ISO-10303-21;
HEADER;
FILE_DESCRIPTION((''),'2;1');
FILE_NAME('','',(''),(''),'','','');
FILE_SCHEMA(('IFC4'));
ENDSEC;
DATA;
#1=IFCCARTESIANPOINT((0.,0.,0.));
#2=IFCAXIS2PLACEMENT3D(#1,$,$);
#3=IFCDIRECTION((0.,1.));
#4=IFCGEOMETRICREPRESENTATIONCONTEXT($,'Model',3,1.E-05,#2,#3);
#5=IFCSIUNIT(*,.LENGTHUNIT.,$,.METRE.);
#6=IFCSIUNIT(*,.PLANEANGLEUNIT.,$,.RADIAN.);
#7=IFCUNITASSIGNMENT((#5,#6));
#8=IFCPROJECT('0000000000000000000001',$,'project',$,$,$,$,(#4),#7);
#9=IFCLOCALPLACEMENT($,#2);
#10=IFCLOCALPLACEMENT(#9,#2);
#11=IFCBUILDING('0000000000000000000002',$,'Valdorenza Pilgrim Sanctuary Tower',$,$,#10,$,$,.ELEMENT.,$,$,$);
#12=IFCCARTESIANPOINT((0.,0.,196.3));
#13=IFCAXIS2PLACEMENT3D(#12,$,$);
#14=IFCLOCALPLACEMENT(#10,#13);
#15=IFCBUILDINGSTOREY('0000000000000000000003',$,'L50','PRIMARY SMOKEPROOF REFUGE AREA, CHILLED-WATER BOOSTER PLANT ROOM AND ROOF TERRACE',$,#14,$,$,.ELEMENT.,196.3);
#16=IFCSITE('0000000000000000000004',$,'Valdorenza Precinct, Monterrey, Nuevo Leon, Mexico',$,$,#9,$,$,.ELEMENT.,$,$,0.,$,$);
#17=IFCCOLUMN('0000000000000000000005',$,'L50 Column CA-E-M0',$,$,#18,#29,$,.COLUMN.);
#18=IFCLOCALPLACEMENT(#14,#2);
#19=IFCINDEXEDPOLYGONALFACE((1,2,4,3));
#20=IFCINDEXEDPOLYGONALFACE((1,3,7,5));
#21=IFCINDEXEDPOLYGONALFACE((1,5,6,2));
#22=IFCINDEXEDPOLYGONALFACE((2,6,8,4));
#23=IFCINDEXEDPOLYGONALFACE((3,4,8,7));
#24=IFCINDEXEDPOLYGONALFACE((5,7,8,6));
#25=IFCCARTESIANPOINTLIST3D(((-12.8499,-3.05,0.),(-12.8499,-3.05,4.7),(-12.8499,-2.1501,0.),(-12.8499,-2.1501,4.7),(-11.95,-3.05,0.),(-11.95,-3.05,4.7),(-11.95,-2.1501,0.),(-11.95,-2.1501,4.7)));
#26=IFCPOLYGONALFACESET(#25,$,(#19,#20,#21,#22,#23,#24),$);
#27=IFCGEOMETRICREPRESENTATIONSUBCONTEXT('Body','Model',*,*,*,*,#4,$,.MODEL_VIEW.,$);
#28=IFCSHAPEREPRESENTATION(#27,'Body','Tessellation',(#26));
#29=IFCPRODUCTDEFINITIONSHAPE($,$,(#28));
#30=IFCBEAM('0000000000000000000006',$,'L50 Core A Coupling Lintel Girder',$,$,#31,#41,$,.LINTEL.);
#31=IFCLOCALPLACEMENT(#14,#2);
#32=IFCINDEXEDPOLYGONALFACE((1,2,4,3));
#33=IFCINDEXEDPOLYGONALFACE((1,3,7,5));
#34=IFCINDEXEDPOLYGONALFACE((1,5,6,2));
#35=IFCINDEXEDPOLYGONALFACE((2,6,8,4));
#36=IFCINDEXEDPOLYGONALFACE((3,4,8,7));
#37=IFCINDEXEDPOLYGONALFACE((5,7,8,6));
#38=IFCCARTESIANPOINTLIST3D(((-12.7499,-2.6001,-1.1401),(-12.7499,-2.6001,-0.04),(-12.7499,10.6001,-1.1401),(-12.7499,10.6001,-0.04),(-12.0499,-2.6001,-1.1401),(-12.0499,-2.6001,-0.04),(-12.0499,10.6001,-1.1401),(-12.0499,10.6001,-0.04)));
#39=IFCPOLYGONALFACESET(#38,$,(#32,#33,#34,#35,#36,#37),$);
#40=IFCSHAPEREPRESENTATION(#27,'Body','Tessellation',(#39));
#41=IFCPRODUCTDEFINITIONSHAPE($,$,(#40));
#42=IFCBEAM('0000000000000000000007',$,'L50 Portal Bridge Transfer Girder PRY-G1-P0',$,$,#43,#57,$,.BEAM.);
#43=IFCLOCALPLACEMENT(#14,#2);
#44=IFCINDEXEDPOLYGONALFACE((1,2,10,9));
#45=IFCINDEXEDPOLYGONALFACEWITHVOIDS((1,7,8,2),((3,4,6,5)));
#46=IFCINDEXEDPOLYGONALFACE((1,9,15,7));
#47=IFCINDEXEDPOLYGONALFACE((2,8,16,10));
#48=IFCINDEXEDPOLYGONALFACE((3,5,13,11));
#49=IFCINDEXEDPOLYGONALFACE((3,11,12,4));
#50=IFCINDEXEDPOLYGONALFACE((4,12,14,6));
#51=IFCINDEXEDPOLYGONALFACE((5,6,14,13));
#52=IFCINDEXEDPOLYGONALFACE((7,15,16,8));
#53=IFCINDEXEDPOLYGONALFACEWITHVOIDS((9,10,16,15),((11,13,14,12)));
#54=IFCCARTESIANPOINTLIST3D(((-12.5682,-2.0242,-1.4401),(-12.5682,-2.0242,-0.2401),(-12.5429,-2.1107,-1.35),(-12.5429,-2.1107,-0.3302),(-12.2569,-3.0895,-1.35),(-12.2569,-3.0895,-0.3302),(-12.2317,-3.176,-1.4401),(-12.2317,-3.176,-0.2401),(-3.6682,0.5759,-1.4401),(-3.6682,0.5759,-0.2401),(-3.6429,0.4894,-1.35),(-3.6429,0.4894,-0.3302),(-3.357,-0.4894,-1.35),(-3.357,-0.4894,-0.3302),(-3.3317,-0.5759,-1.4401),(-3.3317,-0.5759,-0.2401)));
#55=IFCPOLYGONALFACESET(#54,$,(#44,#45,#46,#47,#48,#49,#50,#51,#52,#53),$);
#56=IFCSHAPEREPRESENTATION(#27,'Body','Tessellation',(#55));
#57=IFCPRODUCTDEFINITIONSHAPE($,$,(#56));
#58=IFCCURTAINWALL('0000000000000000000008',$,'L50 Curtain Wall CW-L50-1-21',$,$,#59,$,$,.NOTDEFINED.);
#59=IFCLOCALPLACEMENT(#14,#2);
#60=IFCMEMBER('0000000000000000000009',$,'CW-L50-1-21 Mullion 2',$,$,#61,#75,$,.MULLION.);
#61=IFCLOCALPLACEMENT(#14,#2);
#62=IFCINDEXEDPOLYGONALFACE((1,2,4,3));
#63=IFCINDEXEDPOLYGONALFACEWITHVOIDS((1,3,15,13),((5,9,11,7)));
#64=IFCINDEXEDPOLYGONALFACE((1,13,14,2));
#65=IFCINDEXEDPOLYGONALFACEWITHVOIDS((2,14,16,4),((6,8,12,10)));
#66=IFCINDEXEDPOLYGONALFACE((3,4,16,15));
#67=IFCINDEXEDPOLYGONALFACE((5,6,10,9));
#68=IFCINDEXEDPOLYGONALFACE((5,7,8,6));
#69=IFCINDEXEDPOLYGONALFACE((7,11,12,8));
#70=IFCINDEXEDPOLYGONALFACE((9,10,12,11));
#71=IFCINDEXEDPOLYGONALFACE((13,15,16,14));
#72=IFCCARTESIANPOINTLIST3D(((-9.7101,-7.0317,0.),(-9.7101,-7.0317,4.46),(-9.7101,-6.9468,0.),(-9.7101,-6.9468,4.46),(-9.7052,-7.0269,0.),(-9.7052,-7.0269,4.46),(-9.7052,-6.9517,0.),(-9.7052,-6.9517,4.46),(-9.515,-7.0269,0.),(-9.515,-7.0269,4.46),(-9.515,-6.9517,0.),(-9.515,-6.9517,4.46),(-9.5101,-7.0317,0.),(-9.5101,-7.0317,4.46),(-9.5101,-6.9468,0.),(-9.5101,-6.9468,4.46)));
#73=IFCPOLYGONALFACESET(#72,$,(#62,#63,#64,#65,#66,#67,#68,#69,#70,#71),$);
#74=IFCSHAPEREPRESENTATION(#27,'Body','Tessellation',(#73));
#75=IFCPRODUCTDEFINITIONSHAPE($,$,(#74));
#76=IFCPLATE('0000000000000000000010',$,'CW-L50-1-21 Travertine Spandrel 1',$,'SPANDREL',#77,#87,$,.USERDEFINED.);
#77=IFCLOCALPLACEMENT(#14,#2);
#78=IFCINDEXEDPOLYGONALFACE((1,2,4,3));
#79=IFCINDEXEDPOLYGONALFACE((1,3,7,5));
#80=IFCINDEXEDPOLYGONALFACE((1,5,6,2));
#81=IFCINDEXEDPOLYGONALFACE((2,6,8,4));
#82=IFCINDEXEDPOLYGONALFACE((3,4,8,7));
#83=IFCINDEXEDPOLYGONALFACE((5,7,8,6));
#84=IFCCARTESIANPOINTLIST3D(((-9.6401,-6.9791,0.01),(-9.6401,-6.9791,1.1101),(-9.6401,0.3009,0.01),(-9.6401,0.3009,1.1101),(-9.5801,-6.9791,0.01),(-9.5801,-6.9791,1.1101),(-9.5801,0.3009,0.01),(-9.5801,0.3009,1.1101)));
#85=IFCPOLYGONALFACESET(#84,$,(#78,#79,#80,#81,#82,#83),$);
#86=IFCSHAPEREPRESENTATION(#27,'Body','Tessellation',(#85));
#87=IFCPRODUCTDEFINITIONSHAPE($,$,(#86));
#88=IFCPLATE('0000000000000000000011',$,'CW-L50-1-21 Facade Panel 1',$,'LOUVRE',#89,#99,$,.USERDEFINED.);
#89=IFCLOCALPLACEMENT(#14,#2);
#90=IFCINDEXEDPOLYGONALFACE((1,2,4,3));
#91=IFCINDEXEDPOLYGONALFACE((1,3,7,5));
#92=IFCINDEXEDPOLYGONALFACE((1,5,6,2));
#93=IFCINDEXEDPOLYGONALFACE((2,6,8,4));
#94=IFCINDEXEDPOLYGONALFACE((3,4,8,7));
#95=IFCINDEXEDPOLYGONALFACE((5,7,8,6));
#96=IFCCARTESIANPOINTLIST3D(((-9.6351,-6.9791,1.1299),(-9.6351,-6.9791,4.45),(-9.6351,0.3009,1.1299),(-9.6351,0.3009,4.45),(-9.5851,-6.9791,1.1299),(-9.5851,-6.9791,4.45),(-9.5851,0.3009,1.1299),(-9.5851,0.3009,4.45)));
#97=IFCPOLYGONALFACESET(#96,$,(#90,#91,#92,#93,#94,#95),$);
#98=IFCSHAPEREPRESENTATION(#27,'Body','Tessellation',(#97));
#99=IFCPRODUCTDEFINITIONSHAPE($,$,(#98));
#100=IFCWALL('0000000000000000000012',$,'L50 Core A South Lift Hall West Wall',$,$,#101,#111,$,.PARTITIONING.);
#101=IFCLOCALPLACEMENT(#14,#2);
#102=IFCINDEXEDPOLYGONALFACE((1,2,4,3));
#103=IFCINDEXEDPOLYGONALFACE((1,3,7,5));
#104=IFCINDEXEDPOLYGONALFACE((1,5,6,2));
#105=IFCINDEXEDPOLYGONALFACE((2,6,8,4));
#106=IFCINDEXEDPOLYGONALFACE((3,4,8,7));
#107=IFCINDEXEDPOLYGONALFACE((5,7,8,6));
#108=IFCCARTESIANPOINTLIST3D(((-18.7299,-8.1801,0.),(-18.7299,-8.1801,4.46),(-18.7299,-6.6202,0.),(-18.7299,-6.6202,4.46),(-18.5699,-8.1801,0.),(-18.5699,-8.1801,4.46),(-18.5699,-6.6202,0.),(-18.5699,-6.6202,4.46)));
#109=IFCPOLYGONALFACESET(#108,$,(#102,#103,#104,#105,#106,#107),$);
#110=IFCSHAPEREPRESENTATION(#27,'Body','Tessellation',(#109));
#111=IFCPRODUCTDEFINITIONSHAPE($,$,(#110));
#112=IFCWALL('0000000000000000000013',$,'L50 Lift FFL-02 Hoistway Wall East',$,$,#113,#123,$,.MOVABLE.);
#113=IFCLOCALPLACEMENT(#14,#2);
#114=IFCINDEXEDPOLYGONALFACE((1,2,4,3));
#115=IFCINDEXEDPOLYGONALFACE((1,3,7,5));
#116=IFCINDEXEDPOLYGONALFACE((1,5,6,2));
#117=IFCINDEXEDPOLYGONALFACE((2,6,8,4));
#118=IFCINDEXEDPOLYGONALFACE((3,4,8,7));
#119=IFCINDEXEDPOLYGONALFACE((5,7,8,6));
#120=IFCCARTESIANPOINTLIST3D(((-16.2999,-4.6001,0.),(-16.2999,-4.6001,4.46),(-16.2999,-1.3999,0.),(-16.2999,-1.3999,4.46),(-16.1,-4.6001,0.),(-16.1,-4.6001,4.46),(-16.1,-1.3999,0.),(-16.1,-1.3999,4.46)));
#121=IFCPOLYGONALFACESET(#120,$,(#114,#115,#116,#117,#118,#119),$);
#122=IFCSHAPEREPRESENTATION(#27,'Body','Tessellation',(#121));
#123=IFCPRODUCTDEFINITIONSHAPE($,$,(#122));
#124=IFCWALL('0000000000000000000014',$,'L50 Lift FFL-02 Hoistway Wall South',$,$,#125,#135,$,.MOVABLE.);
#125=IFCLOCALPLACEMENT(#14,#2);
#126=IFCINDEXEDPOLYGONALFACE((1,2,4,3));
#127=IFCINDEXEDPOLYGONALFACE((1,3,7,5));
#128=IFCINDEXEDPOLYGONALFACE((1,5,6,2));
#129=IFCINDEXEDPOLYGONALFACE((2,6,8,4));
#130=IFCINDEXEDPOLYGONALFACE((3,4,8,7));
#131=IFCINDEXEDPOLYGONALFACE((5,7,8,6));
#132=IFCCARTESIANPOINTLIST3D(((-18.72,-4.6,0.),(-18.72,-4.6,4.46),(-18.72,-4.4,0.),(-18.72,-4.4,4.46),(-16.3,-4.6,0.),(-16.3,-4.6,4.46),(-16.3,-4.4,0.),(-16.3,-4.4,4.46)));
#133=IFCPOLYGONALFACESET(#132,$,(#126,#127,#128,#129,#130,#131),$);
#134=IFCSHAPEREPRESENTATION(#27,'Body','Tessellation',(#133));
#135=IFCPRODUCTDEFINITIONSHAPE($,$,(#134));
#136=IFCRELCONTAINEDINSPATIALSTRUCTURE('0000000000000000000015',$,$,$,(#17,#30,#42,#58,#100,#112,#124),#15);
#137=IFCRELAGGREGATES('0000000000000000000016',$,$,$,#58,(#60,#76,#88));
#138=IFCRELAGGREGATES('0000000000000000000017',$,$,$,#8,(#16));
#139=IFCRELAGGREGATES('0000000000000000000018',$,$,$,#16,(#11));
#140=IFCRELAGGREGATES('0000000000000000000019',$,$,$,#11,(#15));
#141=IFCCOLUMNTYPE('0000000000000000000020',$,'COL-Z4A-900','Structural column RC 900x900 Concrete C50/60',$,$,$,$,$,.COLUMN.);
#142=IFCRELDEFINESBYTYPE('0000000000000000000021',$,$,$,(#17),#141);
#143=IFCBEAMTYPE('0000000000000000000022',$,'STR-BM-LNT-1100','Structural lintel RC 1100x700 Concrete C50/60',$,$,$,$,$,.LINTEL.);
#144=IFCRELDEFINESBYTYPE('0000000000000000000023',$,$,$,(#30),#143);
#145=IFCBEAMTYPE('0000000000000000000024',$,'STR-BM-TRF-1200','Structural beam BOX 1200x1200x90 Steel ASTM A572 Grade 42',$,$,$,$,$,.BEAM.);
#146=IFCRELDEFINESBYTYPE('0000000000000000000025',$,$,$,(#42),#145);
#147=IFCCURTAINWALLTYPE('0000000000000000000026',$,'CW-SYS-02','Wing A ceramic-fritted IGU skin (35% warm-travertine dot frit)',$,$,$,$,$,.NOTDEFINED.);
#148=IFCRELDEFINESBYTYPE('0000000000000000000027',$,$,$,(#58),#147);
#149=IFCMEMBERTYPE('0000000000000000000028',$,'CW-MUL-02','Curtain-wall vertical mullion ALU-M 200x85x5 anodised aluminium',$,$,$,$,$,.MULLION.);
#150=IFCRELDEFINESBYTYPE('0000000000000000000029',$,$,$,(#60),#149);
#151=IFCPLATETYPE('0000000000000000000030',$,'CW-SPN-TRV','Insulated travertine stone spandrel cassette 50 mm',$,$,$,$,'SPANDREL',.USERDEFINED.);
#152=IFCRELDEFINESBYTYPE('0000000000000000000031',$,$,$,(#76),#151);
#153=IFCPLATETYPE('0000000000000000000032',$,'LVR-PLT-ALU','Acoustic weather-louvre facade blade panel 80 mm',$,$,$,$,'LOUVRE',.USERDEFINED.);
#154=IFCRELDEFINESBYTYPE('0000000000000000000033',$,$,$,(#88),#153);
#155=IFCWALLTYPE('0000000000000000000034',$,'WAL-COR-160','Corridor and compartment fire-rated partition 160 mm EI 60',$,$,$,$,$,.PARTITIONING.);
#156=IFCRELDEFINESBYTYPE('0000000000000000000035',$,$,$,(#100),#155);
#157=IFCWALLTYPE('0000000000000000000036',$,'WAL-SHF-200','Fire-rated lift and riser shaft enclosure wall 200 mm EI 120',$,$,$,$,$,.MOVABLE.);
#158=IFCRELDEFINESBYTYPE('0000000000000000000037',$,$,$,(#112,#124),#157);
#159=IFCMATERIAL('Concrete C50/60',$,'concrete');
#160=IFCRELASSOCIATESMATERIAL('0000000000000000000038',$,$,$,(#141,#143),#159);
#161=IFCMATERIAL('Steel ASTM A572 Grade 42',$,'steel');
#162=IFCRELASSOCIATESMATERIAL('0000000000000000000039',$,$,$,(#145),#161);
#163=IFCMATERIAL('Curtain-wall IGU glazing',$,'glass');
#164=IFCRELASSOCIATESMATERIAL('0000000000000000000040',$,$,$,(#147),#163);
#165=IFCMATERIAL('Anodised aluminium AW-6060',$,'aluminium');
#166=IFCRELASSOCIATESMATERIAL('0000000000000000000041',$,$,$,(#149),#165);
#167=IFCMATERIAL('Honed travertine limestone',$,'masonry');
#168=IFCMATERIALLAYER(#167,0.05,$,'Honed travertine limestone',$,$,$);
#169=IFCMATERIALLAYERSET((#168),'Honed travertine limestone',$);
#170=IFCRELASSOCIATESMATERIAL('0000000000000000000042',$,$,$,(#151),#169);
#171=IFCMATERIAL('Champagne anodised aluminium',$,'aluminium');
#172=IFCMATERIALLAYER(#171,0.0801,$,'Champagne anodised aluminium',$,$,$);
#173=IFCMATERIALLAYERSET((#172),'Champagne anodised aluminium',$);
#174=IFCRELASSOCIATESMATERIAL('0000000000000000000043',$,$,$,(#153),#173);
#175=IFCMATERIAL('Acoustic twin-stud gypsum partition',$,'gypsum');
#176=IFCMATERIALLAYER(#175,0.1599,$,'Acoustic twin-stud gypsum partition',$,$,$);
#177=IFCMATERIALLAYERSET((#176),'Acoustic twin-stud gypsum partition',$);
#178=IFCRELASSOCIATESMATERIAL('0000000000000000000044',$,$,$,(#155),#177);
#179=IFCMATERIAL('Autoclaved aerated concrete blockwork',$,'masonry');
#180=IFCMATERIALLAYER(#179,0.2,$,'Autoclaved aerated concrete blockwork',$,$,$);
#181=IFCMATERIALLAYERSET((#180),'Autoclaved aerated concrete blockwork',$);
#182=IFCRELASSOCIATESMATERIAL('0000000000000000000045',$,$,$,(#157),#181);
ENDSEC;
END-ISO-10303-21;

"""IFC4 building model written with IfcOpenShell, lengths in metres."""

from ifc_helpers import new_model, si_unit, direction, frame, frame_2d, origin, origin_2d, place, context, subcontext, project, spatial, rectangle, hollow_rectangle, extrude, source, transform, mapped, material, layer, layer_set, material_profile, profile_set, type_object, element, aggregate, save


model = new_model("IFC4")

# Units and contexts
model_context = context("Model", 3, precision=1e-05, world=origin(), true_north=direction((0.0, 1.0)))
body_context = subcontext(model_context, "Body", "Model", "MODEL_VIEW")
ifc_project = project(units=[si_unit("LENGTHUNIT", "METRE"), si_unit("PLANEANGLEUNIT", "RADIAN")], contexts=[model_context])

# Site, building, storey
site_placement = place(None, origin())
site = spatial("IfcSite", under=ifc_project, at=site_placement, Name="Valdorenza Precinct, Monterrey, Nuevo Leon, Mexico", CompositionType="ELEMENT", RefElevation=0.0)
building_placement = place(site_placement, origin())
building = spatial("IfcBuilding", under=site, at=building_placement, Name="Valdorenza Pilgrim Sanctuary Tower", CompositionType="ELEMENT")
storey_placement = place(building_placement, frame((0.0, 0.0, 196.3)))
storey = spatial("IfcBuildingStorey", under=building, at=storey_placement, Name="L50", Description="PRIMARY SMOKEPROOF REFUGE AREA, CHILLED-WATER BOOSTER PLANT ROOM AND ROOF TERRACE", CompositionType="ELEMENT", Elevation=196.3)

# Column
ifc_material_1 = material(Name="Concrete C50/60", Category="concrete")
ifc_material_profile_1 = material_profile(ifc_material_1, rectangle(XDim=0.8999, YDim=0.8999, at=origin_2d()), Name="RC 900x900")
ifc_profile_set_1 = profile_set([ifc_material_profile_1], Name="Concrete C50/60")
column_type = type_object("IfcColumnType", Name="COL-Z4A-900", Description="Structural column RC 900x900 Concrete C50/60", PredefinedType="COLUMN", material=ifc_profile_set_1)
shared_shape_1 = source(origin(), body_context, "Body", "SweptSolid", [
    extrude(rectangle(XDim=0.8999, YDim=0.8999, at=origin_2d()), origin(), (0.0, 0.0, 1.0), 4.7),
])
column_placement = place(storey_placement, frame((-12.3999, -2.6001, 0.0), z_axis=(0.0, 0.0, 1.0), x_axis=(1.0, 0.0, 0.0)))
element("IfcColumn", 1, at=column_placement, inside=storey, type_object=column_type, Name="L50 Column CA-E-M0", PredefinedType="COLUMN", context=body_context, shape_type="MappedRepresentation", body=[
    mapped(shared_shape_1, transform((0.0, 0.0, 0.0), x_axis=(1.0, 0.0, 0.0), y_axis=(0.0, 1.0, 0.0), z_axis=(0.0, 0.0, 1.0), scale=1.0)),
])

# Beams
ifc_material_profile_2 = material_profile(ifc_material_1, rectangle(XDim=0.7, YDim=1.1001, at=origin_2d()), Name="RC 1100x700")
ifc_profile_set_2 = profile_set([ifc_material_profile_2], Name="Concrete C50/60")
beam_type_1 = type_object("IfcBeamType", Name="STR-BM-LNT-1100", Description="Structural lintel RC 1100x700 Concrete C50/60", PredefinedType="LINTEL", material=ifc_profile_set_2)
shared_shape_2 = source(origin(), body_context, "Body", "SweptSolid", [
    extrude(rectangle(XDim=0.7, YDim=1.1001, at=origin_2d()), origin(), (0.0, 0.0, 1.0), 13.2002),
])
beam_1_placement = place(storey_placement, frame((-12.3999, -2.6001, -0.5901), z_axis=(0.0, 1.0, 0.0), x_axis=(-1.0, 0.0, 0.0)))
element("IfcBeam", 2, at=beam_1_placement, inside=storey, type_object=beam_type_1, Name="L50 Core A Coupling Lintel Girder", PredefinedType="LINTEL", context=body_context, shape_type="MappedRepresentation", body=[
    mapped(shared_shape_2, transform((0.0, 0.0, 0.0), x_axis=(1.0, 0.0, 0.0), y_axis=(0.0, 1.0, 0.0), z_axis=(0.0, 0.0, 1.0), scale=1.0)),
])
ifc_material_2 = material(Name="Steel ASTM A572 Grade 42", Category="steel")
ifc_material_profile_3 = material_profile(ifc_material_2, hollow_rectangle(XDim=1.2, YDim=1.2, WallThickness=0.0901, at=origin_2d()), Name="BOX 1200x1200x90")
ifc_profile_set_3 = profile_set([ifc_material_profile_3], Name="Steel ASTM A572 Grade 42")
beam_type_2 = type_object("IfcBeamType", Name="STR-BM-TRF-1200", Description="Structural beam BOX 1200x1200x90 Steel ASTM A572 Grade 42", PredefinedType="BEAM", material=ifc_profile_set_3)
shared_shape_3 = source(origin(), body_context, "Body", "SweptSolid", [
    extrude(hollow_rectangle(XDim=1.2, YDim=1.2, WallThickness=0.0901, at=origin_2d()), origin(), (0.0, 0.0, 1.0), 9.272),
])
beam_2_placement = place(storey_placement, frame((-12.3999, -2.6001, -0.8401), z_axis=(0.959875, 0.280427, 0.0), x_axis=(-0.280427, 0.959875, 0.0)))
element("IfcBeam", 3, at=beam_2_placement, inside=storey, type_object=beam_type_2, Name="L50 Portal Bridge Transfer Girder PRY-G1-P0", PredefinedType="BEAM", context=body_context, shape_type="MappedRepresentation", body=[
    mapped(shared_shape_3, transform((0.0, 0.0, 0.0), x_axis=(1.0, 0.0, 0.0), y_axis=(0.0, 1.0, 0.0), z_axis=(0.0, 0.0, 1.0), scale=1.0)),
])

# Curtain wall, member, plates
ifc_material_3 = material(Name="Curtain-wall IGU glazing", Category="glass")
curtain_wall_type = type_object("IfcCurtainWallType", Name="CW-SYS-02", Description="Wing A ceramic-fritted IGU skin (35% warm-travertine dot frit)", PredefinedType="NOTDEFINED", material=ifc_material_3)
curtain_wall_placement = place(storey_placement, origin())
curtain_wall = element("IfcCurtainWall", 4, at=curtain_wall_placement, inside=storey, type_object=curtain_wall_type, Name="L50 Curtain Wall CW-L50-1-21", PredefinedType="NOTDEFINED")
ifc_material_4 = material(Name="Anodised aluminium AW-6060", Category="aluminium")
ifc_material_profile_4 = material_profile(ifc_material_4, hollow_rectangle(XDim=0.085, YDim=0.2, WallThickness=0.0049, at=origin_2d()), Name="ALU-M 200x85x5")
ifc_profile_set_4 = profile_set([ifc_material_profile_4], Name="Anodised aluminium AW-6060")
member_type = type_object("IfcMemberType", Name="CW-MUL-02", Description="Curtain-wall vertical mullion ALU-M 200x85x5 anodised aluminium", PredefinedType="MULLION", material=ifc_profile_set_4)
shared_shape_4 = source(origin(), body_context, "Body", "SweptSolid", [
    extrude(hollow_rectangle(XDim=0.085, YDim=0.2, WallThickness=0.0049, at=origin_2d()), origin(), (0.0, 0.0, 1.0), 4.46),
])
member_placement = place(storey_placement, frame((-9.6101, -6.9893, 0.0), z_axis=(0.0, 0.0, 1.0), x_axis=(0.0, -1.0, 0.0)))
member = element("IfcMember", 5, at=member_placement, type_object=member_type, Name="CW-L50-1-21 Mullion 2", PredefinedType="MULLION", context=body_context, shape_type="MappedRepresentation", body=[
    mapped(shared_shape_4, transform((0.0, 0.0, 0.0), x_axis=(1.0, 0.0, 0.0), y_axis=(0.0, 1.0, 0.0), z_axis=(0.0, 0.0, 1.0), scale=1.0)),
])
ifc_material_5 = material(Name="Honed travertine limestone", Category="masonry")
ifc_layer_1 = layer(ifc_material_5, 0.05, Name="Honed travertine limestone")
ifc_layer_set_1 = layer_set([ifc_layer_1], Name="Honed travertine limestone")
plate_type_1 = type_object("IfcPlateType", Name="CW-SPN-TRV", Description="Insulated travertine stone spandrel cassette 50 mm", ElementType="SPANDREL", PredefinedType="USERDEFINED", material=ifc_layer_set_1)
shared_shape_5 = source(origin(), body_context, "Body", "SweptSolid", [
    extrude(rectangle(XDim=7.28, YDim=0.0601, at=origin_2d()), origin(), (0.0, 0.0, 1.0), 1.1001),
])
plate_1_placement = place(storey_placement, frame((-9.6101, -3.3391, 0.01), z_axis=(0.0, 0.0, 1.0), x_axis=(0.0, -1.0, 0.0)))
plate_1 = element("IfcPlate", 6, at=plate_1_placement, type_object=plate_type_1, Name="CW-L50-1-21 Travertine Spandrel 1", ObjectType="SPANDREL", PredefinedType="USERDEFINED", context=body_context, shape_type="MappedRepresentation", body=[
    mapped(shared_shape_5, transform((0.0, 0.0, 0.0), x_axis=(1.0, 0.0, 0.0), y_axis=(0.0, 1.0, 0.0), z_axis=(0.0, 0.0, 1.0), scale=1.0)),
])
ifc_material_6 = material(Name="Champagne anodised aluminium", Category="aluminium")
ifc_layer_2 = layer(ifc_material_6, 0.0801, Name="Champagne anodised aluminium")
ifc_layer_set_2 = layer_set([ifc_layer_2], Name="Champagne anodised aluminium")
plate_type_2 = type_object("IfcPlateType", Name="LVR-PLT-ALU", Description="Acoustic weather-louvre facade blade panel 80 mm", ElementType="LOUVRE", PredefinedType="USERDEFINED", material=ifc_layer_set_2)
shared_shape_6 = source(origin(), body_context, "Body", "SweptSolid", [
    extrude(rectangle(XDim=7.28, YDim=0.05, at=origin_2d()), origin(), (0.0, 0.0, 1.0), 3.3201),
])
plate_2_placement = place(storey_placement, frame((-9.6101, -3.3391, 1.1299), z_axis=(0.0, 0.0, 1.0), x_axis=(0.0, -1.0, 0.0)))
plate_2 = element("IfcPlate", 7, at=plate_2_placement, type_object=plate_type_2, Name="CW-L50-1-21 Facade Panel 1", ObjectType="LOUVRE", PredefinedType="USERDEFINED", context=body_context, shape_type="MappedRepresentation", body=[
    mapped(shared_shape_6, transform((0.0, 0.0, 0.0), x_axis=(1.0, 0.0, 0.0), y_axis=(0.0, 1.0, 0.0), z_axis=(0.0, 0.0, 1.0), scale=1.0)),
])
aggregate(curtain_wall, [member, plate_1, plate_2])

# Wall
ifc_material_7 = material(Name="Acoustic twin-stud gypsum partition", Category="gypsum")
ifc_layer_3 = layer(ifc_material_7, 0.1599, Name="Acoustic twin-stud gypsum partition")
ifc_layer_set_3 = layer_set([ifc_layer_3], Name="Acoustic twin-stud gypsum partition")
wall_type_1 = type_object("IfcWallType", Name="WAL-COR-160", Description="Corridor and compartment fire-rated partition 160 mm EI 60", PredefinedType="PARTITIONING", material=ifc_layer_set_3)
wall_1_placement = place(storey_placement, frame((-18.6499, -8.1799, 0.0), z_axis=(0.0, 0.0, 1.0), x_axis=(0.0, 1.0, 0.0)))
element("IfcWall", 8, at=wall_1_placement, inside=storey, type_object=wall_type_1, Name="L50 Core A South Lift Hall West Wall", PredefinedType="PARTITIONING", context=body_context, shape_type="SweptSolid", body=[
    extrude(rectangle(XDim=1.5598, YDim=0.1599, at=frame_2d((0.7798, 0.0))), origin(), (0.0, 0.0, 1.0), 4.46),
])

# Walls
ifc_material_8 = material(Name="Autoclaved aerated concrete blockwork", Category="masonry")
ifc_layer_4 = layer(ifc_material_8, 0.2, Name="Autoclaved aerated concrete blockwork")
ifc_layer_set_4 = layer_set([ifc_layer_4], Name="Autoclaved aerated concrete blockwork")
wall_type_2 = type_object("IfcWallType", Name="WAL-SHF-200", Description="Fire-rated lift and riser shaft enclosure wall 200 mm EI 120", PredefinedType="MOVABLE", material=ifc_layer_set_4)
wall_2_placement = place(storey_placement, frame((-16.2, -4.6001, 0.0), z_axis=(0.0, 0.0, 1.0), x_axis=(0.0, 1.0, 0.0)))
element("IfcWall", 9, at=wall_2_placement, inside=storey, type_object=wall_type_2, Name="L50 Lift FFL-02 Hoistway Wall East", PredefinedType="MOVABLE", context=body_context, shape_type="SweptSolid", body=[
    extrude(rectangle(XDim=3.2002, YDim=0.2, at=frame_2d((1.6001, 0.0))), origin(), (0.0, 0.0, 1.0), 4.46),
])
wall_3_placement = place(storey_placement, frame((-18.72, -4.5, 0.0), z_axis=(0.0, 0.0, 1.0), x_axis=(1.0, 0.0, 0.0)))
element("IfcWall", 10, at=wall_3_placement, inside=storey, type_object=wall_type_2, Name="L50 Lift FFL-02 Hoistway Wall South", PredefinedType="MOVABLE", context=body_context, shape_type="SweptSolid", body=[
    extrude(rectangle(XDim=2.4199, YDim=0.2, at=frame_2d((1.21, 0.0))), origin(), (0.0, 0.0, 1.0), 4.46),
])

save(model, "model.ifc")
